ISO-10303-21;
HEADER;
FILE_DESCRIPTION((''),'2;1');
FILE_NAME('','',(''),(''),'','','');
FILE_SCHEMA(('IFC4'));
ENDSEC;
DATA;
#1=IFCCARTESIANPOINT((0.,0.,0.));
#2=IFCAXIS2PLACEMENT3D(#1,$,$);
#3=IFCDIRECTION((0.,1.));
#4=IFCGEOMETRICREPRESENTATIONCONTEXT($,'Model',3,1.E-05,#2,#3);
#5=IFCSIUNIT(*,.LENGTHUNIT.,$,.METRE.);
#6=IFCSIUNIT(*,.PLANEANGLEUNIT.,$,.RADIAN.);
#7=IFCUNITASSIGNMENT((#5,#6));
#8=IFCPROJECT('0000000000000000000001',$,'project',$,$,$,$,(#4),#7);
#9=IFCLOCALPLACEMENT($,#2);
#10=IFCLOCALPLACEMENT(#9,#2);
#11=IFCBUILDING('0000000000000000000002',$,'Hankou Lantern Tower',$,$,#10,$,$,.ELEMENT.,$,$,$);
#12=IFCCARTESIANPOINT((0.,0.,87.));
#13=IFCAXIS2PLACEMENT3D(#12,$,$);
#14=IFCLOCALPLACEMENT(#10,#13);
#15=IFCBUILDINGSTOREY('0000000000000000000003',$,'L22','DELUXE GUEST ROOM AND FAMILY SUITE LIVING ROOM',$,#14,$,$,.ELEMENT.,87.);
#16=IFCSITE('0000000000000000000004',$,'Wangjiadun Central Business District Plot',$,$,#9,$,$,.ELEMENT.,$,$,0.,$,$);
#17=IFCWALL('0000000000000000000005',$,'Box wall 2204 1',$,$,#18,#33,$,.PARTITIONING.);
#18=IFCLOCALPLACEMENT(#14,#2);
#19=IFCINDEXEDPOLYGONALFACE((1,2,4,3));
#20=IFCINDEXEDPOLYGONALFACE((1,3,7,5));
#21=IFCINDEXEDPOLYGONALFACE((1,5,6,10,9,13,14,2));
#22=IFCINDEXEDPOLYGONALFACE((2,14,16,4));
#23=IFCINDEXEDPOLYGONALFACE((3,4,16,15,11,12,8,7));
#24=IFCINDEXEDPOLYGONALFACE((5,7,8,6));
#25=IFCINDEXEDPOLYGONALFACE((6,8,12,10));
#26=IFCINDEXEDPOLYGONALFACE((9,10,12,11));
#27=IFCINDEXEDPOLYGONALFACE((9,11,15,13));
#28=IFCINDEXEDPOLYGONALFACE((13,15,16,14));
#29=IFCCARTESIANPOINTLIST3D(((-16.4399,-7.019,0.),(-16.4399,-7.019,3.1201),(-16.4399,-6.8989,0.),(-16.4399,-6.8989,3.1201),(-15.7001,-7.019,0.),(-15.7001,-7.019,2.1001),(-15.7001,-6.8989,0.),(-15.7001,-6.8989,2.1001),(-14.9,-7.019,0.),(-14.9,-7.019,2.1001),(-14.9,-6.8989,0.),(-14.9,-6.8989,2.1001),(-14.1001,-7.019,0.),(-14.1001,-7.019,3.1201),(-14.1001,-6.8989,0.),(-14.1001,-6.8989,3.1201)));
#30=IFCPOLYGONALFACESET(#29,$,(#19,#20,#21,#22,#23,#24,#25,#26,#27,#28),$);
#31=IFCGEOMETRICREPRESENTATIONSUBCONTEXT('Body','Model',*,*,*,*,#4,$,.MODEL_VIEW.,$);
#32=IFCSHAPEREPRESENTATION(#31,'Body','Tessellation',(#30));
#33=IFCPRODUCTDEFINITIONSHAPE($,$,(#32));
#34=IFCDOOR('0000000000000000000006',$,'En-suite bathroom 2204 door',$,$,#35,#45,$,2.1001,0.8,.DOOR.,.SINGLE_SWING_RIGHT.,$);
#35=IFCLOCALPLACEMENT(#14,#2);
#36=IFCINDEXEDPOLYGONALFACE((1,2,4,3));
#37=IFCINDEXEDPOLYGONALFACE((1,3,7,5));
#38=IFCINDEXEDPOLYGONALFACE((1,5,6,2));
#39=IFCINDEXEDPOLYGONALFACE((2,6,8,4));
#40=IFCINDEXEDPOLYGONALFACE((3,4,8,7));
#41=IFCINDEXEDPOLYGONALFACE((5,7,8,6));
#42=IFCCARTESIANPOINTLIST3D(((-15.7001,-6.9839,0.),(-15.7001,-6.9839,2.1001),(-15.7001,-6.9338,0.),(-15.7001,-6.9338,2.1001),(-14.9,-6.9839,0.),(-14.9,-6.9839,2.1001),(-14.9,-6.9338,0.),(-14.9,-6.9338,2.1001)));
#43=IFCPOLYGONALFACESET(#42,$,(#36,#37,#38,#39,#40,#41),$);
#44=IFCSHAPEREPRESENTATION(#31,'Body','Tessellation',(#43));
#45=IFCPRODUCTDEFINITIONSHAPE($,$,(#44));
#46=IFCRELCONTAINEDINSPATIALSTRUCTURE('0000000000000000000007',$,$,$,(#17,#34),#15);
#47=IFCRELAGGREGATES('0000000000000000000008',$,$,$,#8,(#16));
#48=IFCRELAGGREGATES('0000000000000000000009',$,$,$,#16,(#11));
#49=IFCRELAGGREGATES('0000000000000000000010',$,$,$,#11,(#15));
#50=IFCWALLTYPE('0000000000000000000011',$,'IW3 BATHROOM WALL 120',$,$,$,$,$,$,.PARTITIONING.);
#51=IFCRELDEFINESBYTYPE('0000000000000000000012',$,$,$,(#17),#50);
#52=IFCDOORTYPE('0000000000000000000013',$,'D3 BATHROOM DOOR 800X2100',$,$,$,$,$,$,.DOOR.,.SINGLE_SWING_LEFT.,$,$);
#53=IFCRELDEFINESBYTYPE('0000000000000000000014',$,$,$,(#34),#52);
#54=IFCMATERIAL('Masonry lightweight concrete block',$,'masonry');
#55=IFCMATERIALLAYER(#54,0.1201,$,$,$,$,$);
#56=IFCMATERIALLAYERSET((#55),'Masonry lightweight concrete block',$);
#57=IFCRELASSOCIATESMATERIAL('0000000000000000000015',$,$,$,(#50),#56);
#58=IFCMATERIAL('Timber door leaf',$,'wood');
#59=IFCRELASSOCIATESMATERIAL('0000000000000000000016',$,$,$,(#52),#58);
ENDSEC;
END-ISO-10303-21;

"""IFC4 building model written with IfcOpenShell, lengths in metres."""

from ifc_helpers import new_model, si_unit, direction, frame, frame_2d, origin, place, context, subcontext, project, spatial, rectangle, extrude, material, layer, layer_set, type_object, element, fill, save


model = new_model("IFC4")

# Units and contexts
model_context = context("Model", 3, precision=1e-05, world=origin(), true_north=direction((0.0, 1.0)))
body_context = subcontext(model_context, "Body", "Model", "MODEL_VIEW")
ifc_project = project(units=[si_unit("LENGTHUNIT", "METRE"), si_unit("PLANEANGLEUNIT", "RADIAN")], contexts=[model_context])

# Site, building, storey
site_placement = place(None, origin())
site = spatial("IfcSite", under=ifc_project, at=site_placement, Name="Wangjiadun Central Business District Plot", CompositionType="ELEMENT", RefElevation=0.0)
building_placement = place(site_placement, origin())
building = spatial("IfcBuilding", under=site, at=building_placement, Name="Hankou Lantern Tower", CompositionType="ELEMENT")
storey_placement = place(building_placement, frame((0.0, 0.0, 87.0)))
storey = spatial("IfcBuildingStorey", under=building, at=storey_placement, Name="L22", Description="DELUXE GUEST ROOM AND FAMILY SUITE LIVING ROOM", CompositionType="ELEMENT", Elevation=87.0)

# Shared definitions
ifc_material_1 = material(Name="Masonry lightweight concrete block", Category="masonry")
ifc_layer_1 = layer(ifc_material_1, 0.1201)
ifc_layer_set_1 = layer_set([ifc_layer_1], Name="Masonry lightweight concrete block")
wall_type_1 = type_object("IfcWallType", Name="IW3 BATHROOM WALL 120", PredefinedType="PARTITIONING", material=ifc_layer_set_1)

# Wall, opening, door
wall_1_placement = place(storey_placement, frame((-14.1001, -6.959, 0.0), z_axis=(0.0, 0.0, 1.0), x_axis=(-1.0, 0.0, 0.0)))
wall_1 = element("IfcWall", 1, at=wall_1_placement, inside=storey, type_object=wall_type_1, Name="Box wall 2204 1", PredefinedType="PARTITIONING", context=body_context, shape_type="SweptSolid", body=[
    extrude(rectangle(XDim=2.3398, YDim=0.1201, at=frame_2d((1.1699, 0.0))), origin(), (0.0, 0.0, 1.0), 3.1201),
])
opening_1_placement = place(wall_1_placement, frame((0.8, 0.0, 0.0)))
opening_1 = element("IfcOpeningElement", 2, at=opening_1_placement, cuts=wall_1, PredefinedType="OPENING", context=body_context, shape_type="SweptSolid", body=[
    extrude(rectangle(XDim=0.8, YDim=2.1001, at=frame_2d((0.3999, 1.05))), frame((0.0, 0.0701, 0.0), z_axis=(0.0, -1.0, 0.0), x_axis=(1.0, 0.0, 0.0)), (0.0, 0.0, 1.0), 0.1401),
])
ifc_material_2 = material(Name="Timber door leaf", Category="wood")
door_type = type_object("IfcDoorType", Name="D3 BATHROOM DOOR 800X2100", OperationType="SINGLE_SWING_LEFT", PredefinedType="DOOR", material=ifc_material_2)
door_placement = place(opening_1_placement, origin())
door = element("IfcDoor", 3, at=door_placement, inside=storey, type_object=door_type, Name="En-suite bathroom 2204 door", OperationType="SINGLE_SWING_RIGHT", OverallHeight=2.1001, OverallWidth=0.8, PredefinedType="DOOR", context=body_context, shape_type="SweptSolid", body=[
    extrude(rectangle(XDim=0.8, YDim=2.1001, at=frame_2d((0.3999, 1.05))), frame((0.0, 0.0249, 0.0), z_axis=(0.0, -1.0, 0.0), x_axis=(1.0, 0.0, 0.0)), (0.0, 0.0, 1.0), 0.05),
])
fill(opening_1, door)

save(model, "model.ifc")
